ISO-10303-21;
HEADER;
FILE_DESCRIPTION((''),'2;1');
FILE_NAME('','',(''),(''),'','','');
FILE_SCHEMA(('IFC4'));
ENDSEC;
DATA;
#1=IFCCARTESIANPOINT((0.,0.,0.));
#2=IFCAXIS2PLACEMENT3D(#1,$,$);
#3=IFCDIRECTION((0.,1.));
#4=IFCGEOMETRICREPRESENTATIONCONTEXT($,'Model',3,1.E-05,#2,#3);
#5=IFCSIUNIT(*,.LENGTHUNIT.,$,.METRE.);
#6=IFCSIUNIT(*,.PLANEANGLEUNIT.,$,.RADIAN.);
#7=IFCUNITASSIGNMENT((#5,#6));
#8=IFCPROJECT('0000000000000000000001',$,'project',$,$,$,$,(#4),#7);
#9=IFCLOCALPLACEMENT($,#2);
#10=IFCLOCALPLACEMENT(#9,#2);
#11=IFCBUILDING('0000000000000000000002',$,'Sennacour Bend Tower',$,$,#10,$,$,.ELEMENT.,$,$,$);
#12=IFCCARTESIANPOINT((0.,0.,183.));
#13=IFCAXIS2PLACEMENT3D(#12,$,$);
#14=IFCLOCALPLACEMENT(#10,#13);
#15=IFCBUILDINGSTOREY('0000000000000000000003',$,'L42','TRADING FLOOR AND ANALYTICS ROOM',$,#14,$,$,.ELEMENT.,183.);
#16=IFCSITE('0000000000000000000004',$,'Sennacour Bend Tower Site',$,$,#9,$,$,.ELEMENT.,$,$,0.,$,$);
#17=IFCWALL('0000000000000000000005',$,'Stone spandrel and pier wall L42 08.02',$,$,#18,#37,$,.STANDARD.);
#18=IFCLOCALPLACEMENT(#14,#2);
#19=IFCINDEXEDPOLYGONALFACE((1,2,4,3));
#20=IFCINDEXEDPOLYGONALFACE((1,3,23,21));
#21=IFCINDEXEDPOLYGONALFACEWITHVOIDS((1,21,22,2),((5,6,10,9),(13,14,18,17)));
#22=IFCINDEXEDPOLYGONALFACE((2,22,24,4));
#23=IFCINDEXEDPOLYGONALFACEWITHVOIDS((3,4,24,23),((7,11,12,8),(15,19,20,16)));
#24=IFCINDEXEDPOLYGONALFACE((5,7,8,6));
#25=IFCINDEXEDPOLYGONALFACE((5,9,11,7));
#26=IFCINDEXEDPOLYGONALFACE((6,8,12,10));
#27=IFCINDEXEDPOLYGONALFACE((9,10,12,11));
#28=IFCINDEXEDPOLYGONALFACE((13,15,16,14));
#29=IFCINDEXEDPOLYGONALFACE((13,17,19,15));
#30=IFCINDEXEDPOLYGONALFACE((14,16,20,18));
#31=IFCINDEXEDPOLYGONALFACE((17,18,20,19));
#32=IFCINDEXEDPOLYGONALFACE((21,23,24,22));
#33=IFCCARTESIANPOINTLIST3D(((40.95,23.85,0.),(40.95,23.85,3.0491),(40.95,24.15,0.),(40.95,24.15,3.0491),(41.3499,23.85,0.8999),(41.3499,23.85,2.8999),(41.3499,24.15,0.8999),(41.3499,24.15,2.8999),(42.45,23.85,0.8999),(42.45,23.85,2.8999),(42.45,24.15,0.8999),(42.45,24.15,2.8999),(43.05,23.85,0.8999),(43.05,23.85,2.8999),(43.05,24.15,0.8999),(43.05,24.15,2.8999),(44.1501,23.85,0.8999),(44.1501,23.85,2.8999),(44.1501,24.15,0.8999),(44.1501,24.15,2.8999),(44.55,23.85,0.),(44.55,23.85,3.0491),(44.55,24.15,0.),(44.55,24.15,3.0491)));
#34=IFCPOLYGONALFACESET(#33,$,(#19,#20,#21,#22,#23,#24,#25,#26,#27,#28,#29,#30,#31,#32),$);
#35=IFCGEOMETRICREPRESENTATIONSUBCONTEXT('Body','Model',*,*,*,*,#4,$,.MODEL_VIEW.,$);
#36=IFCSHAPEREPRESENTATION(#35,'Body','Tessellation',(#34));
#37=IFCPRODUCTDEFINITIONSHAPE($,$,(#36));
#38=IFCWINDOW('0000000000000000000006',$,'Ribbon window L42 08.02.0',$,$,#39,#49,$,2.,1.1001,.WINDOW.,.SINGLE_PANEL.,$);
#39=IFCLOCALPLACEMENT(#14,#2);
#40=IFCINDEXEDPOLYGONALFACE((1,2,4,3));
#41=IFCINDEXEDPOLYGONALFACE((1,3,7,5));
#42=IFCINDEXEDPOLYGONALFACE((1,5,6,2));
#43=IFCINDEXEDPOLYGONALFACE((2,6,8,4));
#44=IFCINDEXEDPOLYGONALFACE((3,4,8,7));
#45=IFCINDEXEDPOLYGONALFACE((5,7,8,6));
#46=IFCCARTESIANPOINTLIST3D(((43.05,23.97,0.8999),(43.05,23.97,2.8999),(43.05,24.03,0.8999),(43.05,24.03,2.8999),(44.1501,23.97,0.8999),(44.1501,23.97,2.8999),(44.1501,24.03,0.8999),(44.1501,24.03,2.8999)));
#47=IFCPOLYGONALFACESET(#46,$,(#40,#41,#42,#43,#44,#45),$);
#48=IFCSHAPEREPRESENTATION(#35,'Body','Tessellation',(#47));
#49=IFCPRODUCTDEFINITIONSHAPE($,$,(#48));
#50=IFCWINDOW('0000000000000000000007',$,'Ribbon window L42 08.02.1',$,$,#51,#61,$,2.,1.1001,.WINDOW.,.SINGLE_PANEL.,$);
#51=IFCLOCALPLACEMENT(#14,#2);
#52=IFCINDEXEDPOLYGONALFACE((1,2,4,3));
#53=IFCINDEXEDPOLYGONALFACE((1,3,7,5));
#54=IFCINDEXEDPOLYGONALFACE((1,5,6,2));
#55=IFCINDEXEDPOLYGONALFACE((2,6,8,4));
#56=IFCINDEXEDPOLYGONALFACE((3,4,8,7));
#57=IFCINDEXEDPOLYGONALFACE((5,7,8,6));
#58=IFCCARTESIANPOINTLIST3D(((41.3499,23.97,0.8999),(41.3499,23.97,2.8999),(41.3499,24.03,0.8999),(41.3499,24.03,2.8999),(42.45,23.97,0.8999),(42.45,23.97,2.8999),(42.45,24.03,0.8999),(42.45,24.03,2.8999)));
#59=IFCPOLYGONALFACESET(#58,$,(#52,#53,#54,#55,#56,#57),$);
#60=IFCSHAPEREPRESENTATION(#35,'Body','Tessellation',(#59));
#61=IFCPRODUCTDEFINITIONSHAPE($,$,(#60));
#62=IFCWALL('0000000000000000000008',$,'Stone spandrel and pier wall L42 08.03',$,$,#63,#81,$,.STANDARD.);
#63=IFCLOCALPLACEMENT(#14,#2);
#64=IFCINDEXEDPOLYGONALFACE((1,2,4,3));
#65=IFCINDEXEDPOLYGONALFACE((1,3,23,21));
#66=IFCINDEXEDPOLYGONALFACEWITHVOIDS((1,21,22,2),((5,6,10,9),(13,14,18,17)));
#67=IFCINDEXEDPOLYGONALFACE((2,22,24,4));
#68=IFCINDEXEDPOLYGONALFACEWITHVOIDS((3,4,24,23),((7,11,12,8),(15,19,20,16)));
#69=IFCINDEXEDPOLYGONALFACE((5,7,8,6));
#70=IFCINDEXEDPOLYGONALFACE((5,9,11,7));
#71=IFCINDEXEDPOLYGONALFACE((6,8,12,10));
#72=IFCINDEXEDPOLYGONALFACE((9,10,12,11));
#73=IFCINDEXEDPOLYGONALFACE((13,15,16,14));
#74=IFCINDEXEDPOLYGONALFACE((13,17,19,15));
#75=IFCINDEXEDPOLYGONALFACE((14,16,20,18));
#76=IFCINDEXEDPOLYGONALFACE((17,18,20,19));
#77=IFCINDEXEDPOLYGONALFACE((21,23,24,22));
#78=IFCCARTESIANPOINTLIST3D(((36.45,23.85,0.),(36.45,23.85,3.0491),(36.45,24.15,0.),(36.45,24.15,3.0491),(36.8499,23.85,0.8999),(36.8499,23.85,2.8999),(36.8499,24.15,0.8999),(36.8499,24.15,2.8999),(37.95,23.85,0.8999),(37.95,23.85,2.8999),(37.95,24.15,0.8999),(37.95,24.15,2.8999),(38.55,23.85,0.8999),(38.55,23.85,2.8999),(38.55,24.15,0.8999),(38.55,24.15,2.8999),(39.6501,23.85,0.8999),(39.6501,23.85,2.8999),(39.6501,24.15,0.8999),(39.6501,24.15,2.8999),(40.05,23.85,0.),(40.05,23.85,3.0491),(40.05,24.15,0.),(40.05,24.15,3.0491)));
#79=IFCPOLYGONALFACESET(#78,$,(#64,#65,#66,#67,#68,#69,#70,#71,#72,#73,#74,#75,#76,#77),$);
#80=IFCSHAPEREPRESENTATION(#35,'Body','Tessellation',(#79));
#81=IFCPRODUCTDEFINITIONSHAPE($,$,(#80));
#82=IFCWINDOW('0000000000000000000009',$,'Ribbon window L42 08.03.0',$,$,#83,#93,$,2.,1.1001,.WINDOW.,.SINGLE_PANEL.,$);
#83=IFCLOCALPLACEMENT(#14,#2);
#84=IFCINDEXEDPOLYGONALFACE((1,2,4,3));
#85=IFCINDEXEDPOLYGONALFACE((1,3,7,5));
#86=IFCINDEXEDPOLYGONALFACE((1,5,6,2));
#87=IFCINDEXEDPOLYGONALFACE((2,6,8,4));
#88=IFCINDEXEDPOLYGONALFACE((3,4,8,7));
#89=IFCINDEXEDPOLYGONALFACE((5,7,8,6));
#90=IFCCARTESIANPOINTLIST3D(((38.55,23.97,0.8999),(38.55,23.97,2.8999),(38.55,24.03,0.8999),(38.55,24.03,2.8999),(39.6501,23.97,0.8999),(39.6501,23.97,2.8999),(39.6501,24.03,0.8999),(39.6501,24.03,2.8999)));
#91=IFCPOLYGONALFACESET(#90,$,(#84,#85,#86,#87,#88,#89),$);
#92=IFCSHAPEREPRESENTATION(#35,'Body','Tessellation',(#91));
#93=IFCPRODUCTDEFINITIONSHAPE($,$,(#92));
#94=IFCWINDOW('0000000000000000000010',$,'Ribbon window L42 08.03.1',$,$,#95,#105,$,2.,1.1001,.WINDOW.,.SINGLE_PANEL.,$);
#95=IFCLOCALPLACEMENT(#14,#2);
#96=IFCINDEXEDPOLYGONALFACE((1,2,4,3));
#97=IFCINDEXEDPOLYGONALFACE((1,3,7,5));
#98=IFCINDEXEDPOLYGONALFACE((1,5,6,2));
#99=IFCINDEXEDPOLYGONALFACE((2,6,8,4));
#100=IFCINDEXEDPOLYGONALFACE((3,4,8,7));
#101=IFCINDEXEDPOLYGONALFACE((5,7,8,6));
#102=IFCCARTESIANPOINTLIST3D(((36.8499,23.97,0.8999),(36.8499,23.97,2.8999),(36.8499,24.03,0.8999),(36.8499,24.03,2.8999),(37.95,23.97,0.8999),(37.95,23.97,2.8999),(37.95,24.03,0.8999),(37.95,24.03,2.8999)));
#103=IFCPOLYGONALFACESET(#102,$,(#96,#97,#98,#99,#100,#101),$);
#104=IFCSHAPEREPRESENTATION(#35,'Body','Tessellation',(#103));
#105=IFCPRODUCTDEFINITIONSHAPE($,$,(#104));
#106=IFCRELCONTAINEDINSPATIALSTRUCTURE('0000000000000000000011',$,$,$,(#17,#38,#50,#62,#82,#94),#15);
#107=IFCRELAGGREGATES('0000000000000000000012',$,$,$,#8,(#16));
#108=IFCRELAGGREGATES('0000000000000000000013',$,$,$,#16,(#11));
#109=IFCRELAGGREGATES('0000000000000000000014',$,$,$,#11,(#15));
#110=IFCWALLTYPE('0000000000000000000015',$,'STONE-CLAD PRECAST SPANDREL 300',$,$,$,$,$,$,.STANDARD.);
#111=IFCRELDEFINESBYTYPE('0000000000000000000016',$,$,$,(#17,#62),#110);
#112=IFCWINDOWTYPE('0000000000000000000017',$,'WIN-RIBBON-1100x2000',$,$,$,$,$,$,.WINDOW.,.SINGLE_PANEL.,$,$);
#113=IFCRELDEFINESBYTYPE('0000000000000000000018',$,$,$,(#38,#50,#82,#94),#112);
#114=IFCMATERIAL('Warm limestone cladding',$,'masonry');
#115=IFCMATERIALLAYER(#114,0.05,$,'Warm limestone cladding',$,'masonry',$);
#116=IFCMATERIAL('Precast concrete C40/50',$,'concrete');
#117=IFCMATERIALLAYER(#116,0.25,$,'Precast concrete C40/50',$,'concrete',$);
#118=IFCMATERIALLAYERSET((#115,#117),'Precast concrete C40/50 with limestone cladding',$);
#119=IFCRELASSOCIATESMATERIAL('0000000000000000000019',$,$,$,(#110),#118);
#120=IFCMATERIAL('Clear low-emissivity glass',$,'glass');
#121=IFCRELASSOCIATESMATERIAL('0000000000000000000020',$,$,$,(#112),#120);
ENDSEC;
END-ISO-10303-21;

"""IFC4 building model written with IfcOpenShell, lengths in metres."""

from ifc_helpers import new_model, si_unit, direction, frame, frame_2d, origin, place, context, subcontext, project, spatial, rectangle, extrude, material, layer, layer_set, type_object, element, fill, save


model = new_model("IFC4")

# Units and contexts
model_context = context("Model", 3, precision=1e-05, world=origin(), true_north=direction((0.0, 1.0)))
body_context = subcontext(model_context, "Body", "Model", "MODEL_VIEW")
ifc_project = project(units=[si_unit("LENGTHUNIT", "METRE"), si_unit("PLANEANGLEUNIT", "RADIAN")], contexts=[model_context])

# Site, building, storey
site_placement = place(None, origin())
site = spatial("IfcSite", under=ifc_project, at=site_placement, Name="Sennacour Bend Tower Site", CompositionType="ELEMENT", RefElevation=0.0)
building_placement = place(site_placement, origin())
building = spatial("IfcBuilding", under=site, at=building_placement, Name="Sennacour Bend Tower", CompositionType="ELEMENT")
storey_placement = place(building_placement, frame((0.0, 0.0, 183.0)))
storey = spatial("IfcBuildingStorey", under=building, at=storey_placement, Name="L42", Description="TRADING FLOOR AND ANALYTICS ROOM", CompositionType="ELEMENT", Elevation=183.0)

# Walls, openings, windows
ifc_material_1 = material(Name="Warm limestone cladding", Category="masonry")
ifc_layer_1 = layer(ifc_material_1, 0.05, Name="Warm limestone cladding", Category="masonry")
ifc_material_2 = material(Name="Precast concrete C40/50", Category="concrete")
ifc_layer_2 = layer(ifc_material_2, 0.25, Name="Precast concrete C40/50", Category="concrete")
ifc_layer_set_1 = layer_set([ifc_layer_1, ifc_layer_2], Name="Precast concrete C40/50 with limestone cladding")
wall_type_1 = type_object("IfcWallType", Name="STONE-CLAD PRECAST SPANDREL 300", PredefinedType="STANDARD", material=ifc_layer_set_1)
wall_1_placement = place(storey_placement, frame((44.55, 24.0, 0.0), z_axis=(0.0, 0.0, 1.0), x_axis=(-1.0, 0.0, 0.0)))
wall_1 = element("IfcWall", 1, at=wall_1_placement, inside=storey, type_object=wall_type_1, Name="Stone spandrel and pier wall L42 08.02", PredefinedType="STANDARD", context=body_context, shape_type="SweptSolid", body=[
    extrude(rectangle(XDim=3.6001, YDim=0.3, at=frame_2d((1.8, 0.0))), origin(), (0.0, 0.0, 1.0), 3.0491),
])
opening_1_placement = place(wall_1_placement, frame((0.3999, 0.0, 0.8999)))
opening_1 = element("IfcOpeningElement", 2, at=opening_1_placement, cuts=wall_1, PredefinedType="OPENING", context=body_context, shape_type="SweptSolid", body=[
    extrude(rectangle(XDim=1.1001, YDim=2.0, at=frame_2d((0.55, 1.0))), frame((0.0, 0.1602, 0.0), z_axis=(0.0, -1.0, 0.0), x_axis=(1.0, 0.0, 0.0)), (0.0, 0.0, 1.0), 0.3201),
])
opening_2_placement = place(wall_1_placement, frame((2.1001, 0.0, 0.8999)))
opening_2 = element("IfcOpeningElement", 3, at=opening_2_placement, cuts=wall_1, PredefinedType="OPENING", context=body_context, shape_type="SweptSolid", body=[
    extrude(rectangle(XDim=1.1001, YDim=2.0, at=frame_2d((0.55, 1.0))), frame((0.0, 0.1602, 0.0), z_axis=(0.0, -1.0, 0.0), x_axis=(1.0, 0.0, 0.0)), (0.0, 0.0, 1.0), 0.3201),
])
ifc_material_3 = material(Name="Clear low-emissivity glass", Category="glass")
window_type = type_object("IfcWindowType", Name="WIN-RIBBON-1100x2000", PartitioningType="SINGLE_PANEL", PredefinedType="WINDOW", material=ifc_material_3)
window_1_placement = place(opening_1_placement, origin())
window_1 = element("IfcWindow", 4, at=window_1_placement, inside=storey, type_object=window_type, Name="Ribbon window L42 08.02.0", OverallHeight=2.0, OverallWidth=1.1001, PartitioningType="SINGLE_PANEL", PredefinedType="WINDOW", context=body_context, shape_type="SweptSolid", body=[
    extrude(rectangle(XDim=1.1001, YDim=2.0, at=frame_2d((0.55, 1.0))), frame((0.0, 0.03, 0.0), z_axis=(0.0, -1.0, 0.0), x_axis=(1.0, 0.0, 0.0)), (0.0, 0.0, 1.0), 0.0601),
])
fill(opening_1, window_1)
window_2_placement = place(opening_2_placement, origin())
window_2 = element("IfcWindow", 5, at=window_2_placement, inside=storey, type_object=window_type, Name="Ribbon window L42 08.02.1", OverallHeight=2.0, OverallWidth=1.1001, PartitioningType="SINGLE_PANEL", PredefinedType="WINDOW", context=body_context, shape_type="SweptSolid", body=[
    extrude(rectangle(XDim=1.1001, YDim=2.0, at=frame_2d((0.55, 1.0))), frame((0.0, 0.03, 0.0), z_axis=(0.0, -1.0, 0.0), x_axis=(1.0, 0.0, 0.0)), (0.0, 0.0, 1.0), 0.0601),
])
fill(opening_2, window_2)
wall_2_placement = place(storey_placement, frame((40.05, 24.0, 0.0), z_axis=(0.0, 0.0, 1.0), x_axis=(-1.0, 0.0, 0.0)))
wall_2 = element("IfcWall", 6, at=wall_2_placement, inside=storey, type_object=wall_type_1, Name="Stone spandrel and pier wall L42 08.03", PredefinedType="STANDARD", context=body_context, shape_type="SweptSolid", body=[
    extrude(rectangle(XDim=3.6001, YDim=0.3, at=frame_2d((1.8, 0.0))), origin(), (0.0, 0.0, 1.0), 3.0491),
])
opening_3_placement = place(wall_2_placement, frame((0.3999, 0.0, 0.8999)))
opening_3 = element("IfcOpeningElement", 7, at=opening_3_placement, cuts=wall_2, PredefinedType="OPENING", context=body_context, shape_type="SweptSolid", body=[
    extrude(rectangle(XDim=1.1001, YDim=2.0, at=frame_2d((0.55, 1.0))), frame((0.0, 0.1602, 0.0), z_axis=(0.0, -1.0, 0.0), x_axis=(1.0, 0.0, 0.0)), (0.0, 0.0, 1.0), 0.3201),
])
opening_4_placement = place(wall_2_placement, frame((2.1001, 0.0, 0.8999)))
opening_4 = element("IfcOpeningElement", 8, at=opening_4_placement, cuts=wall_2, PredefinedType="OPENING", context=body_context, shape_type="SweptSolid", body=[
    extrude(rectangle(XDim=1.1001, YDim=2.0, at=frame_2d((0.55, 1.0))), frame((0.0, 0.1602, 0.0), z_axis=(0.0, -1.0, 0.0), x_axis=(1.0, 0.0, 0.0)), (0.0, 0.0, 1.0), 0.3201),
])
window_3_placement = place(opening_3_placement, origin())
window_3 = element("IfcWindow", 9, at=window_3_placement, inside=storey, type_object=window_type, Name="Ribbon window L42 08.03.0", OverallHeight=2.0, OverallWidth=1.1001, PartitioningType="SINGLE_PANEL", PredefinedType="WINDOW", context=body_context, shape_type="SweptSolid", body=[
    extrude(rectangle(XDim=1.1001, YDim=2.0, at=frame_2d((0.55, 1.0))), frame((0.0, 0.03, 0.0), z_axis=(0.0, -1.0, 0.0), x_axis=(1.0, 0.0, 0.0)), (0.0, 0.0, 1.0), 0.0601),
])
fill(opening_3, window_3)
window_4_placement = place(opening_4_placement, origin())
window_4 = element("IfcWindow", 10, at=window_4_placement, inside=storey, type_object=window_type, Name="Ribbon window L42 08.03.1", OverallHeight=2.0, OverallWidth=1.1001, PartitioningType="SINGLE_PANEL", PredefinedType="WINDOW", context=body_context, shape_type="SweptSolid", body=[
    extrude(rectangle(XDim=1.1001, YDim=2.0, at=frame_2d((0.55, 1.0))), frame((0.0, 0.03, 0.0), z_axis=(0.0, -1.0, 0.0), x_axis=(1.0, 0.0, 0.0)), (0.0, 0.0, 1.0), 0.0601),
])
fill(opening_4, window_4)

save(model, "model.ifc")
